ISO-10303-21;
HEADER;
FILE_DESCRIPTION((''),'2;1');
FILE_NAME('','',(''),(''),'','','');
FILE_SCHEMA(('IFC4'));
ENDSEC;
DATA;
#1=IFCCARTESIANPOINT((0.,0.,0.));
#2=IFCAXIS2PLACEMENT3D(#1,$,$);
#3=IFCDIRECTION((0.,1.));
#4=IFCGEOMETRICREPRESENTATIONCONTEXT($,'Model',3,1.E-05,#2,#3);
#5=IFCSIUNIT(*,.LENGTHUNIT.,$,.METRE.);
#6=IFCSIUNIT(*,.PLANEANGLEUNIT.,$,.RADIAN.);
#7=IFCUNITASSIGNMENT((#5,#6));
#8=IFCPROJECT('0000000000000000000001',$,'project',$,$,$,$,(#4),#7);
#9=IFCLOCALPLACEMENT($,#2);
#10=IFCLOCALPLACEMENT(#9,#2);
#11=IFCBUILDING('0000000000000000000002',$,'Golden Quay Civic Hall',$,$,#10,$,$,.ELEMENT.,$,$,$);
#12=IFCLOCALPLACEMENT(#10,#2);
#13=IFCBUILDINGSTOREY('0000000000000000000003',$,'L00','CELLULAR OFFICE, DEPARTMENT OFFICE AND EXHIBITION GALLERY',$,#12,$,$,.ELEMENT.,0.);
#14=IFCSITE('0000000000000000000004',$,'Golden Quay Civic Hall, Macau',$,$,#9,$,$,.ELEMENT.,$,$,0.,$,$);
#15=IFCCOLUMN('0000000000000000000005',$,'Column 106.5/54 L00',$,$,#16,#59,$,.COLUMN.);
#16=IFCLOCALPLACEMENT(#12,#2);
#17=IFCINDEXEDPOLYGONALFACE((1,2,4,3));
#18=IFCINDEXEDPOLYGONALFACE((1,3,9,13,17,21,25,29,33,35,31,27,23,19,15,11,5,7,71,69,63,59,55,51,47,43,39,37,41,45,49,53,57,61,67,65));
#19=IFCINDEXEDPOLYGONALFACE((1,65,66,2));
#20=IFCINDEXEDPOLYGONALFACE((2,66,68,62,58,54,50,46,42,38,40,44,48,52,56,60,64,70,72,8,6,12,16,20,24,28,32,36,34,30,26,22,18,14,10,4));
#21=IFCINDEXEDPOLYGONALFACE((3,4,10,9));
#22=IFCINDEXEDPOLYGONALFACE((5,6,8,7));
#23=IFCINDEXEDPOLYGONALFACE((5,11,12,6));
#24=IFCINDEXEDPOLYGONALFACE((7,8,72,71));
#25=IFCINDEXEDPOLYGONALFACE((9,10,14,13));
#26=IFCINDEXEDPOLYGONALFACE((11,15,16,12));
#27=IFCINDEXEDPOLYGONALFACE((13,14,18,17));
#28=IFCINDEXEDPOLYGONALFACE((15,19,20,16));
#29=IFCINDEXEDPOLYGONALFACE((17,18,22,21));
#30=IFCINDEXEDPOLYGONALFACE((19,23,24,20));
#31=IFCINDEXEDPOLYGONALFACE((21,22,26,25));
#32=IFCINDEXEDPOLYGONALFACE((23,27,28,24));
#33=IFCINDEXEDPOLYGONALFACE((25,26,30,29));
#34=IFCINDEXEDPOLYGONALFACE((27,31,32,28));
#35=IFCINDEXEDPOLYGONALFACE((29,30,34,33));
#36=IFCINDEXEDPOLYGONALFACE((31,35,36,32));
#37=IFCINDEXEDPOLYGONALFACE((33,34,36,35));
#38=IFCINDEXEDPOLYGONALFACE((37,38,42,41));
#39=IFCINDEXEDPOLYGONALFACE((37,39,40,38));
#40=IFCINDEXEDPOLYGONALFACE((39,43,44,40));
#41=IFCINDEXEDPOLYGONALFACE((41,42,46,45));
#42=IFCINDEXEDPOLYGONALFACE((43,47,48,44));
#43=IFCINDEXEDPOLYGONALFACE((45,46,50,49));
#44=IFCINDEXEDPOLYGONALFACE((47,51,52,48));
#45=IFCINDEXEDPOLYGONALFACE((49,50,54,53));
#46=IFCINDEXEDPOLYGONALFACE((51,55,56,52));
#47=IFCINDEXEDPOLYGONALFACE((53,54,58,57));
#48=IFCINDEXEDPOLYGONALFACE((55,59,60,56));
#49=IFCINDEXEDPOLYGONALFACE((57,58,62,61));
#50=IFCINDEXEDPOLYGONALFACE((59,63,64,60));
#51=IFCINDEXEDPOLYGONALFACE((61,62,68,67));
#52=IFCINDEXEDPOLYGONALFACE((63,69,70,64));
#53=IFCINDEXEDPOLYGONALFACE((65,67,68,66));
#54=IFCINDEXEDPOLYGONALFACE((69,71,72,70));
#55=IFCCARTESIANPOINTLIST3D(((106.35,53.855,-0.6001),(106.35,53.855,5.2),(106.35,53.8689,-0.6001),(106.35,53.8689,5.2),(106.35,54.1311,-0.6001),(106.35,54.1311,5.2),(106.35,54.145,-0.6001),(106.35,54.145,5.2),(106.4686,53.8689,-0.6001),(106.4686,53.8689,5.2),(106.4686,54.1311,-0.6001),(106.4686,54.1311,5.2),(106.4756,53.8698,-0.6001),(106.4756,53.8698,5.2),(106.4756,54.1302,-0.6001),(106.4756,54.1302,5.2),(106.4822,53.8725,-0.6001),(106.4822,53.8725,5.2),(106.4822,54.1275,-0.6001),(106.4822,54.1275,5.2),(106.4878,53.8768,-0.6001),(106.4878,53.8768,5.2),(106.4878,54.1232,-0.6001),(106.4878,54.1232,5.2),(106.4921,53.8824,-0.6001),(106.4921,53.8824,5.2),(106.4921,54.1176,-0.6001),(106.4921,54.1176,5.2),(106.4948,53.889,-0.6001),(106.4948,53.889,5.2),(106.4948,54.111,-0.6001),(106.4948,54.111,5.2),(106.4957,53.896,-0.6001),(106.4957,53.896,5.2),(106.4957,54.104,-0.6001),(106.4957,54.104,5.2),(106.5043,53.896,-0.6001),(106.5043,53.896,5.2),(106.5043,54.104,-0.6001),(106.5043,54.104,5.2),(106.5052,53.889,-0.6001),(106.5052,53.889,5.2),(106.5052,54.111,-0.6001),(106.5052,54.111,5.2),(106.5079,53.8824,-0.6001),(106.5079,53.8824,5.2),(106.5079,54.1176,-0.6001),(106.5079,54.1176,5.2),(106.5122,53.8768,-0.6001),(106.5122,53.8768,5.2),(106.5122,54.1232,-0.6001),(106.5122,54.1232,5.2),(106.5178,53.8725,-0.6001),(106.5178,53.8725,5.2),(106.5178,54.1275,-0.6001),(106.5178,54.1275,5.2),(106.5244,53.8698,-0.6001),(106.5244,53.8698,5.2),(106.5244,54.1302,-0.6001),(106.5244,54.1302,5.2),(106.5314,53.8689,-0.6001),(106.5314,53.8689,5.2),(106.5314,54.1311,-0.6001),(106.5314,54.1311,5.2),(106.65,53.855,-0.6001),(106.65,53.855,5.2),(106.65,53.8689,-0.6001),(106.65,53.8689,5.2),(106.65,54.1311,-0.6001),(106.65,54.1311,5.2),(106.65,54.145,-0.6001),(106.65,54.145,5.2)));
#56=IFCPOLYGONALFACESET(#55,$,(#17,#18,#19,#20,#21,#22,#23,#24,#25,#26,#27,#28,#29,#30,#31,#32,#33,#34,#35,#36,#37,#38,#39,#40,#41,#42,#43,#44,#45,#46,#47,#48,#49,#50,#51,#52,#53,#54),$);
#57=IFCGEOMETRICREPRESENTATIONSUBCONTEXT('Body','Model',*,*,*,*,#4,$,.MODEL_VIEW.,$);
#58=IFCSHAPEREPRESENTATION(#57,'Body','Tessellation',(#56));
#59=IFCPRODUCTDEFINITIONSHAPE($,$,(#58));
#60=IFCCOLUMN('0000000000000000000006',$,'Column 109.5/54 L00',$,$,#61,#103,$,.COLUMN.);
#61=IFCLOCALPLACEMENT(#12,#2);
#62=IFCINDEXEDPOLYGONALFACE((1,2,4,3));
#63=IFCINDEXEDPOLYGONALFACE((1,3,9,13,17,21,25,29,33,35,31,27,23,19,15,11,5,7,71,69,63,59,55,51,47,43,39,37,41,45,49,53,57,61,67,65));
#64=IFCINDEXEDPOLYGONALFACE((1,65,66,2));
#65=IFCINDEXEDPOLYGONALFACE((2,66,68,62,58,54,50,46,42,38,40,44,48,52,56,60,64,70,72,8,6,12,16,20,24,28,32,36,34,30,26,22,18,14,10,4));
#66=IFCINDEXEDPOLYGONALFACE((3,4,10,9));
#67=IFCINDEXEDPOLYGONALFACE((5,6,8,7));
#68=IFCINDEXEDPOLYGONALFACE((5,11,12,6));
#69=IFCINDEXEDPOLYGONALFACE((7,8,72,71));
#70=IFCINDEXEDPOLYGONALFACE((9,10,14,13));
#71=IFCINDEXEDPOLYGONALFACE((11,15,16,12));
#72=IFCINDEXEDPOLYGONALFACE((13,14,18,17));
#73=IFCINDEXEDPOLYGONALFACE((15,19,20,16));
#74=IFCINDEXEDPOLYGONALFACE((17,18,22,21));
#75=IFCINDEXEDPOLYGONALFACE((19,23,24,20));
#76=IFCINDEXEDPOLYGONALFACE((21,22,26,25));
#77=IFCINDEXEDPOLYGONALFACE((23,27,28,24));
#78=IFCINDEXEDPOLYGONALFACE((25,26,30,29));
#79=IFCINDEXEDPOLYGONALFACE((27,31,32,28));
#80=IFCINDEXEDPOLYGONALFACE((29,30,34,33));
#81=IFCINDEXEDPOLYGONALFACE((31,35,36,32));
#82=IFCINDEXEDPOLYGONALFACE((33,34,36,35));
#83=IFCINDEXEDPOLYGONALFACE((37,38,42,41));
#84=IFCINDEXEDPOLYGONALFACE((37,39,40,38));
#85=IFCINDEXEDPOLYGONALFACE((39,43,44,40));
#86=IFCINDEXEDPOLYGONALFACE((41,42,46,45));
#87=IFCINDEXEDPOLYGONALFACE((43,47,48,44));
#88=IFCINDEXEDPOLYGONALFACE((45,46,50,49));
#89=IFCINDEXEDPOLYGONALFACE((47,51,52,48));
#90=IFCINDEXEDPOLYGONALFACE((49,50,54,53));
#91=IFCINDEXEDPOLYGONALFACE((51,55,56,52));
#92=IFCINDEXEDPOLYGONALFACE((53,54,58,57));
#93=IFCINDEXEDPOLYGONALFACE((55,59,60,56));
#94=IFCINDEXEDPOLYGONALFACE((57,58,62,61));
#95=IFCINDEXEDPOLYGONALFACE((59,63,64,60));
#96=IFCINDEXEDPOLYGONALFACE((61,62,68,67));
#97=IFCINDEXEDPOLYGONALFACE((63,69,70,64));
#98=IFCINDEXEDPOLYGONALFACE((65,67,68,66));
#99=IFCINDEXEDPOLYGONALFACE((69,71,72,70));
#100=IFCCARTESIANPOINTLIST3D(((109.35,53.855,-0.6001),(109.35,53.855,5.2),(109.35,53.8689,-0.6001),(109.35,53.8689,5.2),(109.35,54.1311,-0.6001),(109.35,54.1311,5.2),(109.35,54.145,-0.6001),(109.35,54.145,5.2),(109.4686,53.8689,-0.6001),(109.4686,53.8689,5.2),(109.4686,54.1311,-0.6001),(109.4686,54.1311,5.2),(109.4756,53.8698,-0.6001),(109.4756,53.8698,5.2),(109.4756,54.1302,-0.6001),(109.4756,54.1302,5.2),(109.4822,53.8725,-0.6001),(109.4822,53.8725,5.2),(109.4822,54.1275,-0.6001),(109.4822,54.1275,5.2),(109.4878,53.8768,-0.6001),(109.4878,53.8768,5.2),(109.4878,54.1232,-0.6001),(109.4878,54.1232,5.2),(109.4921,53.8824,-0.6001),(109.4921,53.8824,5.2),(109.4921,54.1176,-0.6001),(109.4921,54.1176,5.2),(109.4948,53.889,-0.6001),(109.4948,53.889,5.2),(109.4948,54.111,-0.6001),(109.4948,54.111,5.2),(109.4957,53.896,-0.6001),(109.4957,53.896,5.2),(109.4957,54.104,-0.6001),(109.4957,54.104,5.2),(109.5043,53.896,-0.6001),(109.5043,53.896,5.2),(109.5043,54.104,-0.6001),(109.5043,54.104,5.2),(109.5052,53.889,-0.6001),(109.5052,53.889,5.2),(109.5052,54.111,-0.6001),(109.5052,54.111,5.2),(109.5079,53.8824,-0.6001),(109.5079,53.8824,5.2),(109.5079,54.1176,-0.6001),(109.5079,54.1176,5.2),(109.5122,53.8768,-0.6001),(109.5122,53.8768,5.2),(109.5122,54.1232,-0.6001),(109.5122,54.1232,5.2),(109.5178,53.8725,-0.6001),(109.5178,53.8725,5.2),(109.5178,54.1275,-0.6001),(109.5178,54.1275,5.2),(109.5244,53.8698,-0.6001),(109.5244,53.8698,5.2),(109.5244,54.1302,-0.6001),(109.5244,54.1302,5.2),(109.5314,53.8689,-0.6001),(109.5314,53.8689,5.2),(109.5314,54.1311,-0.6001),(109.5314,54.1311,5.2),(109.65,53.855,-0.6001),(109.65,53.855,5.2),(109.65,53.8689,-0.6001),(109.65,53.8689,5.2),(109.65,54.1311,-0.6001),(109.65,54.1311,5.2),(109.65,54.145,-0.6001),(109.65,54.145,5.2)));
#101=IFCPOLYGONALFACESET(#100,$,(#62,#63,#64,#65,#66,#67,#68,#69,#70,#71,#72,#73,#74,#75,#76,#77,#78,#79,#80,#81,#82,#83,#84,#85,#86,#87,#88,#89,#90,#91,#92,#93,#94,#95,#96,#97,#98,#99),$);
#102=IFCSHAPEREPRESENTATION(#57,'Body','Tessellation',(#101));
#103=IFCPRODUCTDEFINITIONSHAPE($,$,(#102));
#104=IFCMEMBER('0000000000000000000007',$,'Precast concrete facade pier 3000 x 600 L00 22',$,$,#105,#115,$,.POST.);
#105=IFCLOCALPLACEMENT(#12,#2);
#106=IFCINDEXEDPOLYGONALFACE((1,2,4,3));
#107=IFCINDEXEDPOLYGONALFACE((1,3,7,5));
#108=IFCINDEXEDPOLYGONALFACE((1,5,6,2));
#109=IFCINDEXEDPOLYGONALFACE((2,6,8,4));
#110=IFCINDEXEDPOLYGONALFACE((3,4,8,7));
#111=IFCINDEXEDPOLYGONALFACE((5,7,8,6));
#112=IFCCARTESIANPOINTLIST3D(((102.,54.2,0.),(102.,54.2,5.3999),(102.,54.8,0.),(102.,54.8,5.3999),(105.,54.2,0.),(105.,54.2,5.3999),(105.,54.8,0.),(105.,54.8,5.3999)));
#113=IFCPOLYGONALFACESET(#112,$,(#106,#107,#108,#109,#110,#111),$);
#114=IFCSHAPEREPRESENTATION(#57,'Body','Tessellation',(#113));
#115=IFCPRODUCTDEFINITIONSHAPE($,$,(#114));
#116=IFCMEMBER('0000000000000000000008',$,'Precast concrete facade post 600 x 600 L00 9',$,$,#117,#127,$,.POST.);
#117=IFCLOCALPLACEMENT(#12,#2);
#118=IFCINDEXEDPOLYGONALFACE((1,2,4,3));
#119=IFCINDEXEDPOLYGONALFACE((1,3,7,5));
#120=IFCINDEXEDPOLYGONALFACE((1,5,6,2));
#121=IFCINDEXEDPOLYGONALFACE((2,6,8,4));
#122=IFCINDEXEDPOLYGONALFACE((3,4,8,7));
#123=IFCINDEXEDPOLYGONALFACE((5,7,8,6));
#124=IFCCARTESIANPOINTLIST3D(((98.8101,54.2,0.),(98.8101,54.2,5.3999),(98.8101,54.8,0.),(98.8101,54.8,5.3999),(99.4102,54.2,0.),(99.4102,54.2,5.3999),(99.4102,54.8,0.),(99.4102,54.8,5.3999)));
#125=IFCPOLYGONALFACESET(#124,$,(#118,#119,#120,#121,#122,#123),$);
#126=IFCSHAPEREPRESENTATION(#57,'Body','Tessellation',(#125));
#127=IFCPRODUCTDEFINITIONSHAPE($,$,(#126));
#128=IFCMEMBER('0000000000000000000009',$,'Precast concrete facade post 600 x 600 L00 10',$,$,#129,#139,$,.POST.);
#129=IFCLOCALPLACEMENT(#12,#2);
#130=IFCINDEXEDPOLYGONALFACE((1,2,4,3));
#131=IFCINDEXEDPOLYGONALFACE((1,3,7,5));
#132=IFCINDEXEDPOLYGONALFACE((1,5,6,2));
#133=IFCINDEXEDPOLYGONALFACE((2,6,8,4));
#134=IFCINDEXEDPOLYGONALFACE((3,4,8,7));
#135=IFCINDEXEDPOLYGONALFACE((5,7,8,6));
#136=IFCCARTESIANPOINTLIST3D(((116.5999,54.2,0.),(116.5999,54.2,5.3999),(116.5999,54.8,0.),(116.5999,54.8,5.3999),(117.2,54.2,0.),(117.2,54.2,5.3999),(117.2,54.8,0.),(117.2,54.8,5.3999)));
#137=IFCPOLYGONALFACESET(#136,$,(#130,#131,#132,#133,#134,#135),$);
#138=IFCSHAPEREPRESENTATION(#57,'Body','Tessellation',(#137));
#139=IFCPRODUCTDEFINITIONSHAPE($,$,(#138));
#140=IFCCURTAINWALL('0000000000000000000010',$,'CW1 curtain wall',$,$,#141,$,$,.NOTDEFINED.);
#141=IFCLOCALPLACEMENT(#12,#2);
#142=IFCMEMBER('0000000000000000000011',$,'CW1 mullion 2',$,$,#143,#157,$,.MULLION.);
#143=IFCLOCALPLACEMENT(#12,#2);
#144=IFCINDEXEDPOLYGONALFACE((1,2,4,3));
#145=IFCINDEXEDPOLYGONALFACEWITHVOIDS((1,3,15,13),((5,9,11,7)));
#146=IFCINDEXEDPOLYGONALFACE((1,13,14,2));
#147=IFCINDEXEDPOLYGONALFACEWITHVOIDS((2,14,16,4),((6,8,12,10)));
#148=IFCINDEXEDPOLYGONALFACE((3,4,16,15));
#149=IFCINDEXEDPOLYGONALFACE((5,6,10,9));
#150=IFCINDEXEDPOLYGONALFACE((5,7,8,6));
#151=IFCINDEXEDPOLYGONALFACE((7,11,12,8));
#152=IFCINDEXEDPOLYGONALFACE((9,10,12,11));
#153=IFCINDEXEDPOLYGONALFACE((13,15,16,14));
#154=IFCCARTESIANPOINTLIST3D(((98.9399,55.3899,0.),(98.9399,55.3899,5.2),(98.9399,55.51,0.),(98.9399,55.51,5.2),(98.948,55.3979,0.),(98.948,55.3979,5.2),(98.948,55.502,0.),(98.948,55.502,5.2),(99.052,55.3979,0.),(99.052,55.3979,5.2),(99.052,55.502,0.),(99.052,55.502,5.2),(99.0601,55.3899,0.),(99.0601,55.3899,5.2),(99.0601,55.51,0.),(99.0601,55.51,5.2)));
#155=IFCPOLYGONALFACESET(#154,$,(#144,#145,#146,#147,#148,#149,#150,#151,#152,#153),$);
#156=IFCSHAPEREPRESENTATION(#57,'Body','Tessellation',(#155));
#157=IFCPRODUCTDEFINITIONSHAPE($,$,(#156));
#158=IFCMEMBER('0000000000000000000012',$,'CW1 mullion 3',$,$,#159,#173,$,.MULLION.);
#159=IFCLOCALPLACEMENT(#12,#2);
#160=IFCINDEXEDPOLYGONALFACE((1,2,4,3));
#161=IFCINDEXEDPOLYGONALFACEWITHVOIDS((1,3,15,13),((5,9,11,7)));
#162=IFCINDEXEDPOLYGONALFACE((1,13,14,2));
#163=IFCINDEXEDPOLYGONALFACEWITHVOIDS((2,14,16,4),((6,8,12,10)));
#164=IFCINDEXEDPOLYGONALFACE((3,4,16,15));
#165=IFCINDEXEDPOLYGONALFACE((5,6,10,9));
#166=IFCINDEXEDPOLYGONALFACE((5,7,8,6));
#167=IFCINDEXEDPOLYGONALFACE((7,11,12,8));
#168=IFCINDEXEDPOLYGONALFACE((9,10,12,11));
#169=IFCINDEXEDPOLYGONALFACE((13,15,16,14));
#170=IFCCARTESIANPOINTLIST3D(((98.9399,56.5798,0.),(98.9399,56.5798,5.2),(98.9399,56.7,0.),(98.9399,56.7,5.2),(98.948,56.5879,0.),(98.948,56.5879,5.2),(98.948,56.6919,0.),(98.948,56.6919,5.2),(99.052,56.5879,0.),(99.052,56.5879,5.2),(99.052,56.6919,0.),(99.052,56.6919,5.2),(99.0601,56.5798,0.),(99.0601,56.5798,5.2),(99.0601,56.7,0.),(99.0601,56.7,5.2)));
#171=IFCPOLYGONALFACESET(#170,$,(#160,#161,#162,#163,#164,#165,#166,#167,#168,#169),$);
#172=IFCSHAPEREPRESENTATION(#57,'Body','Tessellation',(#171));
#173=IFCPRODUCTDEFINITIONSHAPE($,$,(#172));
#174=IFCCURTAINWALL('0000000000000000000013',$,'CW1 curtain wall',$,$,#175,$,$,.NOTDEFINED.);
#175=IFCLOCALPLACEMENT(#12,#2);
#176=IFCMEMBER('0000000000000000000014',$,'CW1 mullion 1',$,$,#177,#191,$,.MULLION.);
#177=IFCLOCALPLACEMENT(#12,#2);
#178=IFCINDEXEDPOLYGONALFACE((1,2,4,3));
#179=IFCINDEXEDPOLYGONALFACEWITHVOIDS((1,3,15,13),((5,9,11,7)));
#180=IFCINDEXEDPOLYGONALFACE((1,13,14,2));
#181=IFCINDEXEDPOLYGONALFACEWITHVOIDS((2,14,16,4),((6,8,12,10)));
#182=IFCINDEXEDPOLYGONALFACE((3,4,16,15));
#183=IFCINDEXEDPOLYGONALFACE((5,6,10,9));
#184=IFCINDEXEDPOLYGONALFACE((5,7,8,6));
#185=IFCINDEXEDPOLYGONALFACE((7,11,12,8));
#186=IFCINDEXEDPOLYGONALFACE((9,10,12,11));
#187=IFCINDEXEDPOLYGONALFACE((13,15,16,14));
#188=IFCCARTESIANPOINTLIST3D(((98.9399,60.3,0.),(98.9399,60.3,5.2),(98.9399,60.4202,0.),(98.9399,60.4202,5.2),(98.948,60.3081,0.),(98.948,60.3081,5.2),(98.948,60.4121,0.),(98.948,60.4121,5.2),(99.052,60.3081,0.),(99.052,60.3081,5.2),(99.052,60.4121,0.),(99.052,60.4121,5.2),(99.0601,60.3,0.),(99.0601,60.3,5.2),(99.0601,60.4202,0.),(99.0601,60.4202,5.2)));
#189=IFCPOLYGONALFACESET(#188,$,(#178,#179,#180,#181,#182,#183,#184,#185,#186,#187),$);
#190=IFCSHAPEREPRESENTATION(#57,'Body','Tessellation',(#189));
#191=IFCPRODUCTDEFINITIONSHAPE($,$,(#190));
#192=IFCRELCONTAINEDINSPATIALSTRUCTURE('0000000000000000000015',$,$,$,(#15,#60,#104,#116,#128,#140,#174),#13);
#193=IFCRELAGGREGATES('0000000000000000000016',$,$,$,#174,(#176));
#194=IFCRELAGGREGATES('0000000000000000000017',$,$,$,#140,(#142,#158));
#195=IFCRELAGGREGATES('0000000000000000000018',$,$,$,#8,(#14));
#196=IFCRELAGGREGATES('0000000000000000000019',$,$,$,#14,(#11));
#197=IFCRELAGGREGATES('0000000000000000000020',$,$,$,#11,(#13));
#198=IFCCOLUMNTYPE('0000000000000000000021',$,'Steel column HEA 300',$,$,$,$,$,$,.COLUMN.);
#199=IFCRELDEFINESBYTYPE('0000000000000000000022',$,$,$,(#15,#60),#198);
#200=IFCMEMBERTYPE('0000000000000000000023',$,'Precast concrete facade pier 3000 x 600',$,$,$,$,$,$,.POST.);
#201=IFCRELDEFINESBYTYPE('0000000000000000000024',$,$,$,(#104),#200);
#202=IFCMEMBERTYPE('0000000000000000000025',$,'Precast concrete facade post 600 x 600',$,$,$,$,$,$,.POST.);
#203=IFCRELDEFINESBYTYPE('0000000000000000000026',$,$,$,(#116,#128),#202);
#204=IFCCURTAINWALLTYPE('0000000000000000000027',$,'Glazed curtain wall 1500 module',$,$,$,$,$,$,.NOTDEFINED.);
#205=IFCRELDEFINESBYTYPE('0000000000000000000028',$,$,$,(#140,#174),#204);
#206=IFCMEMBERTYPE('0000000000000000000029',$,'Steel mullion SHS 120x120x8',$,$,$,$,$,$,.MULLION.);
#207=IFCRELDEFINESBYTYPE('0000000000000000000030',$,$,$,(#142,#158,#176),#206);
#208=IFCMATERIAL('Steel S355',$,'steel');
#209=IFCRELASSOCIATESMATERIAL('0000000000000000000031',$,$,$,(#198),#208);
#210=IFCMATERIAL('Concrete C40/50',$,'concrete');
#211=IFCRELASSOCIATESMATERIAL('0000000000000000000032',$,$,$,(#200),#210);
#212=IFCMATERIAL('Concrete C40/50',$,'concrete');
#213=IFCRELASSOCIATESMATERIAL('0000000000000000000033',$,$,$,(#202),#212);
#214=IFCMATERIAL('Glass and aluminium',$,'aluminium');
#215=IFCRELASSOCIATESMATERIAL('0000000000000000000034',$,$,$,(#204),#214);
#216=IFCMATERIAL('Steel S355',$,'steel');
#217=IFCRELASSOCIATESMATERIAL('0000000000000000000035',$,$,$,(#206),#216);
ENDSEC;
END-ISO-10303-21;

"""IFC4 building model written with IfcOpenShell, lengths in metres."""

from ifc_helpers import new_model, si_unit, direction, frame, origin, origin_2d, place, context, subcontext, project, spatial, rectangle, hollow_rectangle, i_section, extrude, material, material_profile, profile_set, type_object, element, aggregate, save


model = new_model("IFC4")

# Units and contexts
model_context = context("Model", 3, precision=1e-05, world=origin(), true_north=direction((0.0, 1.0)))
body_context = subcontext(model_context, "Body", "Model", "MODEL_VIEW")
ifc_project = project(units=[si_unit("LENGTHUNIT", "METRE"), si_unit("PLANEANGLEUNIT", "RADIAN")], contexts=[model_context])

# Site, building, storey
site_placement = place(None, origin())
site = spatial("IfcSite", under=ifc_project, at=site_placement, Name="Golden Quay Civic Hall, Macau", CompositionType="ELEMENT", RefElevation=0.0)
building_placement = place(site_placement, origin())
building = spatial("IfcBuilding", under=site, at=building_placement, Name="Golden Quay Civic Hall", CompositionType="ELEMENT")
storey_placement = place(building_placement, origin())
storey = spatial("IfcBuildingStorey", under=building, at=storey_placement, Name="L00", Description="CELLULAR OFFICE, DEPARTMENT OFFICE AND EXHIBITION GALLERY", CompositionType="ELEMENT", Elevation=0.0)

# Columns
ifc_material_1 = material(Name="Steel S355", Category="steel")
ifc_material_profile_1 = material_profile(ifc_material_1, i_section(OverallWidth=0.3, OverallDepth=0.29, WebThickness=0.0085, FlangeThickness=0.0139, FilletRadius=0.0271, at=origin_2d()), Name="HEA 300")
ifc_profile_set_1 = profile_set([ifc_material_profile_1], Name="Steel S355")
column_type = type_object("IfcColumnType", Name="Steel column HEA 300", PredefinedType="COLUMN", material=ifc_profile_set_1)
for number, where, z_axis, x_axis, name in (
    (1, (106.5, 54.0, -0.6001), (0.0, 0.0, 1.0), (1.0, 0.0, 0.0), "Column 106.5/54 L00"),
    (2, (109.5, 54.0, -0.6001), (0.0, 0.0, 1.0), (1.0, 0.0, 0.0), "Column 109.5/54 L00"),
):
    element("IfcColumn", number, at=place(storey_placement, frame(where, z_axis=z_axis, x_axis=x_axis)), inside=storey, type_object=column_type, Name=name, PredefinedType="COLUMN", context=body_context, shape_type="SweptSolid", body=[
        extrude(i_section(OverallWidth=0.3, OverallDepth=0.29, WebThickness=0.0085, FlangeThickness=0.0139, FilletRadius=0.0271, at=origin_2d()), origin(), (0.0, 0.0, 1.0), 5.8),
    ])

# Members
ifc_material_2 = material(Name="Concrete C40/50", Category="concrete")
ifc_material_profile_2 = material_profile(ifc_material_2, rectangle(XDim=3.0, YDim=0.6001, at=origin_2d()), Name="RC 3000x600")
ifc_profile_set_2 = profile_set([ifc_material_profile_2], Name="Concrete C40/50")
member_type_1 = type_object("IfcMemberType", Name="Precast concrete facade pier 3000 x 600", PredefinedType="POST", material=ifc_profile_set_2)
member_1_placement = place(storey_placement, frame((103.5, 54.5, 0.0), z_axis=(0.0, 0.0, 1.0), x_axis=(1.0, 0.0, 0.0)))
element("IfcMember", 3, at=member_1_placement, inside=storey, type_object=member_type_1, Name="Precast concrete facade pier 3000 x 600 L00 22", PredefinedType="POST", context=body_context, shape_type="SweptSolid", body=[
    extrude(rectangle(XDim=3.0, YDim=0.6001, at=origin_2d()), origin(), (0.0, 0.0, 1.0), 5.3999),
])
ifc_material_3 = material(Name="Concrete C40/50", Category="concrete")
ifc_material_profile_3 = material_profile(ifc_material_3, rectangle(XDim=0.6001, YDim=0.6001, at=origin_2d()), Name="RC 600x600")
ifc_profile_set_3 = profile_set([ifc_material_profile_3], Name="Concrete C40/50")
member_type_2 = type_object("IfcMemberType", Name="Precast concrete facade post 600 x 600", PredefinedType="POST", material=ifc_profile_set_3)
for number, where, z_axis, x_axis, name in (
    (4, (99.1101, 54.5, 0.0), (0.0, 0.0, 1.0), (1.0, 0.0, 0.0), "Precast concrete facade post 600 x 600 L00 9"),
    (5, (116.8999, 54.5, 0.0), (0.0, 0.0, 1.0), (1.0, 0.0, 0.0), "Precast concrete facade post 600 x 600 L00 10"),
):
    element("IfcMember", number, at=place(storey_placement, frame(where, z_axis=z_axis, x_axis=x_axis)), inside=storey, type_object=member_type_2, Name=name, PredefinedType="POST", context=body_context, shape_type="SweptSolid", body=[
        extrude(rectangle(XDim=0.6001, YDim=0.6001, at=origin_2d()), origin(), (0.0, 0.0, 1.0), 5.3999),
    ])

# Curtain wall, members
ifc_material_4 = material(Name="Glass and aluminium", Category="aluminium")
curtain_wall_type = type_object("IfcCurtainWallType", Name="Glazed curtain wall 1500 module", PredefinedType="NOTDEFINED", material=ifc_material_4)
curtain_wall_1_placement = place(storey_placement, origin())
curtain_wall_1 = element("IfcCurtainWall", 6, at=curtain_wall_1_placement, inside=storey, type_object=curtain_wall_type, Name="CW1 curtain wall", PredefinedType="NOTDEFINED")
ifc_material_5 = material(Name="Steel S355", Category="steel")
ifc_material_profile_4 = material_profile(ifc_material_5, hollow_rectangle(XDim=0.1201, YDim=0.1201, WallThickness=0.0081, at=origin_2d()), Name="SHS 120x120x8")
ifc_profile_set_4 = profile_set([ifc_material_profile_4], Name="Steel S355")
member_type_3 = type_object("IfcMemberType", Name="Steel mullion SHS 120x120x8", PredefinedType="MULLION", material=ifc_profile_set_4)
member_2_placement = place(storey_placement, frame((99.0, 55.45, 0.0), z_axis=(0.0, 0.0, 1.0), x_axis=(-1.0, 0.0, 0.0)))
member_2 = element("IfcMember", 7, at=member_2_placement, type_object=member_type_3, Name="CW1 mullion 2", PredefinedType="MULLION", context=body_context, shape_type="SweptSolid", body=[
    extrude(hollow_rectangle(XDim=0.1201, YDim=0.1201, WallThickness=0.0081, at=origin_2d()), origin(), (0.0, 0.0, 1.0), 5.2),
])
member_3_placement = place(storey_placement, frame((99.0, 56.6399, 0.0), z_axis=(0.0, 0.0, 1.0), x_axis=(-1.0, 0.0, 0.0)))
member_3 = element("IfcMember", 8, at=member_3_placement, type_object=member_type_3, Name="CW1 mullion 3", PredefinedType="MULLION", context=body_context, shape_type="SweptSolid", body=[
    extrude(hollow_rectangle(XDim=0.1201, YDim=0.1201, WallThickness=0.0081, at=origin_2d()), origin(), (0.0, 0.0, 1.0), 5.2),
])

# Curtain wall, member
curtain_wall_2_placement = place(storey_placement, origin())
curtain_wall_2 = element("IfcCurtainWall", 9, at=curtain_wall_2_placement, inside=storey, type_object=curtain_wall_type, Name="CW1 curtain wall", PredefinedType="NOTDEFINED")
member_4_placement = place(storey_placement, frame((99.0, 60.3601, 0.0), z_axis=(0.0, 0.0, 1.0), x_axis=(-1.0, 0.0, 0.0)))
member_4 = element("IfcMember", 10, at=member_4_placement, type_object=member_type_3, Name="CW1 mullion 1", PredefinedType="MULLION", context=body_context, shape_type="SweptSolid", body=[
    extrude(hollow_rectangle(XDim=0.1201, YDim=0.1201, WallThickness=0.0081, at=origin_2d()), origin(), (0.0, 0.0, 1.0), 5.2),
])
aggregate(curtain_wall_2, [member_4])

aggregate(curtain_wall_1, [member_2, member_3])

save(model, "model.ifc")
